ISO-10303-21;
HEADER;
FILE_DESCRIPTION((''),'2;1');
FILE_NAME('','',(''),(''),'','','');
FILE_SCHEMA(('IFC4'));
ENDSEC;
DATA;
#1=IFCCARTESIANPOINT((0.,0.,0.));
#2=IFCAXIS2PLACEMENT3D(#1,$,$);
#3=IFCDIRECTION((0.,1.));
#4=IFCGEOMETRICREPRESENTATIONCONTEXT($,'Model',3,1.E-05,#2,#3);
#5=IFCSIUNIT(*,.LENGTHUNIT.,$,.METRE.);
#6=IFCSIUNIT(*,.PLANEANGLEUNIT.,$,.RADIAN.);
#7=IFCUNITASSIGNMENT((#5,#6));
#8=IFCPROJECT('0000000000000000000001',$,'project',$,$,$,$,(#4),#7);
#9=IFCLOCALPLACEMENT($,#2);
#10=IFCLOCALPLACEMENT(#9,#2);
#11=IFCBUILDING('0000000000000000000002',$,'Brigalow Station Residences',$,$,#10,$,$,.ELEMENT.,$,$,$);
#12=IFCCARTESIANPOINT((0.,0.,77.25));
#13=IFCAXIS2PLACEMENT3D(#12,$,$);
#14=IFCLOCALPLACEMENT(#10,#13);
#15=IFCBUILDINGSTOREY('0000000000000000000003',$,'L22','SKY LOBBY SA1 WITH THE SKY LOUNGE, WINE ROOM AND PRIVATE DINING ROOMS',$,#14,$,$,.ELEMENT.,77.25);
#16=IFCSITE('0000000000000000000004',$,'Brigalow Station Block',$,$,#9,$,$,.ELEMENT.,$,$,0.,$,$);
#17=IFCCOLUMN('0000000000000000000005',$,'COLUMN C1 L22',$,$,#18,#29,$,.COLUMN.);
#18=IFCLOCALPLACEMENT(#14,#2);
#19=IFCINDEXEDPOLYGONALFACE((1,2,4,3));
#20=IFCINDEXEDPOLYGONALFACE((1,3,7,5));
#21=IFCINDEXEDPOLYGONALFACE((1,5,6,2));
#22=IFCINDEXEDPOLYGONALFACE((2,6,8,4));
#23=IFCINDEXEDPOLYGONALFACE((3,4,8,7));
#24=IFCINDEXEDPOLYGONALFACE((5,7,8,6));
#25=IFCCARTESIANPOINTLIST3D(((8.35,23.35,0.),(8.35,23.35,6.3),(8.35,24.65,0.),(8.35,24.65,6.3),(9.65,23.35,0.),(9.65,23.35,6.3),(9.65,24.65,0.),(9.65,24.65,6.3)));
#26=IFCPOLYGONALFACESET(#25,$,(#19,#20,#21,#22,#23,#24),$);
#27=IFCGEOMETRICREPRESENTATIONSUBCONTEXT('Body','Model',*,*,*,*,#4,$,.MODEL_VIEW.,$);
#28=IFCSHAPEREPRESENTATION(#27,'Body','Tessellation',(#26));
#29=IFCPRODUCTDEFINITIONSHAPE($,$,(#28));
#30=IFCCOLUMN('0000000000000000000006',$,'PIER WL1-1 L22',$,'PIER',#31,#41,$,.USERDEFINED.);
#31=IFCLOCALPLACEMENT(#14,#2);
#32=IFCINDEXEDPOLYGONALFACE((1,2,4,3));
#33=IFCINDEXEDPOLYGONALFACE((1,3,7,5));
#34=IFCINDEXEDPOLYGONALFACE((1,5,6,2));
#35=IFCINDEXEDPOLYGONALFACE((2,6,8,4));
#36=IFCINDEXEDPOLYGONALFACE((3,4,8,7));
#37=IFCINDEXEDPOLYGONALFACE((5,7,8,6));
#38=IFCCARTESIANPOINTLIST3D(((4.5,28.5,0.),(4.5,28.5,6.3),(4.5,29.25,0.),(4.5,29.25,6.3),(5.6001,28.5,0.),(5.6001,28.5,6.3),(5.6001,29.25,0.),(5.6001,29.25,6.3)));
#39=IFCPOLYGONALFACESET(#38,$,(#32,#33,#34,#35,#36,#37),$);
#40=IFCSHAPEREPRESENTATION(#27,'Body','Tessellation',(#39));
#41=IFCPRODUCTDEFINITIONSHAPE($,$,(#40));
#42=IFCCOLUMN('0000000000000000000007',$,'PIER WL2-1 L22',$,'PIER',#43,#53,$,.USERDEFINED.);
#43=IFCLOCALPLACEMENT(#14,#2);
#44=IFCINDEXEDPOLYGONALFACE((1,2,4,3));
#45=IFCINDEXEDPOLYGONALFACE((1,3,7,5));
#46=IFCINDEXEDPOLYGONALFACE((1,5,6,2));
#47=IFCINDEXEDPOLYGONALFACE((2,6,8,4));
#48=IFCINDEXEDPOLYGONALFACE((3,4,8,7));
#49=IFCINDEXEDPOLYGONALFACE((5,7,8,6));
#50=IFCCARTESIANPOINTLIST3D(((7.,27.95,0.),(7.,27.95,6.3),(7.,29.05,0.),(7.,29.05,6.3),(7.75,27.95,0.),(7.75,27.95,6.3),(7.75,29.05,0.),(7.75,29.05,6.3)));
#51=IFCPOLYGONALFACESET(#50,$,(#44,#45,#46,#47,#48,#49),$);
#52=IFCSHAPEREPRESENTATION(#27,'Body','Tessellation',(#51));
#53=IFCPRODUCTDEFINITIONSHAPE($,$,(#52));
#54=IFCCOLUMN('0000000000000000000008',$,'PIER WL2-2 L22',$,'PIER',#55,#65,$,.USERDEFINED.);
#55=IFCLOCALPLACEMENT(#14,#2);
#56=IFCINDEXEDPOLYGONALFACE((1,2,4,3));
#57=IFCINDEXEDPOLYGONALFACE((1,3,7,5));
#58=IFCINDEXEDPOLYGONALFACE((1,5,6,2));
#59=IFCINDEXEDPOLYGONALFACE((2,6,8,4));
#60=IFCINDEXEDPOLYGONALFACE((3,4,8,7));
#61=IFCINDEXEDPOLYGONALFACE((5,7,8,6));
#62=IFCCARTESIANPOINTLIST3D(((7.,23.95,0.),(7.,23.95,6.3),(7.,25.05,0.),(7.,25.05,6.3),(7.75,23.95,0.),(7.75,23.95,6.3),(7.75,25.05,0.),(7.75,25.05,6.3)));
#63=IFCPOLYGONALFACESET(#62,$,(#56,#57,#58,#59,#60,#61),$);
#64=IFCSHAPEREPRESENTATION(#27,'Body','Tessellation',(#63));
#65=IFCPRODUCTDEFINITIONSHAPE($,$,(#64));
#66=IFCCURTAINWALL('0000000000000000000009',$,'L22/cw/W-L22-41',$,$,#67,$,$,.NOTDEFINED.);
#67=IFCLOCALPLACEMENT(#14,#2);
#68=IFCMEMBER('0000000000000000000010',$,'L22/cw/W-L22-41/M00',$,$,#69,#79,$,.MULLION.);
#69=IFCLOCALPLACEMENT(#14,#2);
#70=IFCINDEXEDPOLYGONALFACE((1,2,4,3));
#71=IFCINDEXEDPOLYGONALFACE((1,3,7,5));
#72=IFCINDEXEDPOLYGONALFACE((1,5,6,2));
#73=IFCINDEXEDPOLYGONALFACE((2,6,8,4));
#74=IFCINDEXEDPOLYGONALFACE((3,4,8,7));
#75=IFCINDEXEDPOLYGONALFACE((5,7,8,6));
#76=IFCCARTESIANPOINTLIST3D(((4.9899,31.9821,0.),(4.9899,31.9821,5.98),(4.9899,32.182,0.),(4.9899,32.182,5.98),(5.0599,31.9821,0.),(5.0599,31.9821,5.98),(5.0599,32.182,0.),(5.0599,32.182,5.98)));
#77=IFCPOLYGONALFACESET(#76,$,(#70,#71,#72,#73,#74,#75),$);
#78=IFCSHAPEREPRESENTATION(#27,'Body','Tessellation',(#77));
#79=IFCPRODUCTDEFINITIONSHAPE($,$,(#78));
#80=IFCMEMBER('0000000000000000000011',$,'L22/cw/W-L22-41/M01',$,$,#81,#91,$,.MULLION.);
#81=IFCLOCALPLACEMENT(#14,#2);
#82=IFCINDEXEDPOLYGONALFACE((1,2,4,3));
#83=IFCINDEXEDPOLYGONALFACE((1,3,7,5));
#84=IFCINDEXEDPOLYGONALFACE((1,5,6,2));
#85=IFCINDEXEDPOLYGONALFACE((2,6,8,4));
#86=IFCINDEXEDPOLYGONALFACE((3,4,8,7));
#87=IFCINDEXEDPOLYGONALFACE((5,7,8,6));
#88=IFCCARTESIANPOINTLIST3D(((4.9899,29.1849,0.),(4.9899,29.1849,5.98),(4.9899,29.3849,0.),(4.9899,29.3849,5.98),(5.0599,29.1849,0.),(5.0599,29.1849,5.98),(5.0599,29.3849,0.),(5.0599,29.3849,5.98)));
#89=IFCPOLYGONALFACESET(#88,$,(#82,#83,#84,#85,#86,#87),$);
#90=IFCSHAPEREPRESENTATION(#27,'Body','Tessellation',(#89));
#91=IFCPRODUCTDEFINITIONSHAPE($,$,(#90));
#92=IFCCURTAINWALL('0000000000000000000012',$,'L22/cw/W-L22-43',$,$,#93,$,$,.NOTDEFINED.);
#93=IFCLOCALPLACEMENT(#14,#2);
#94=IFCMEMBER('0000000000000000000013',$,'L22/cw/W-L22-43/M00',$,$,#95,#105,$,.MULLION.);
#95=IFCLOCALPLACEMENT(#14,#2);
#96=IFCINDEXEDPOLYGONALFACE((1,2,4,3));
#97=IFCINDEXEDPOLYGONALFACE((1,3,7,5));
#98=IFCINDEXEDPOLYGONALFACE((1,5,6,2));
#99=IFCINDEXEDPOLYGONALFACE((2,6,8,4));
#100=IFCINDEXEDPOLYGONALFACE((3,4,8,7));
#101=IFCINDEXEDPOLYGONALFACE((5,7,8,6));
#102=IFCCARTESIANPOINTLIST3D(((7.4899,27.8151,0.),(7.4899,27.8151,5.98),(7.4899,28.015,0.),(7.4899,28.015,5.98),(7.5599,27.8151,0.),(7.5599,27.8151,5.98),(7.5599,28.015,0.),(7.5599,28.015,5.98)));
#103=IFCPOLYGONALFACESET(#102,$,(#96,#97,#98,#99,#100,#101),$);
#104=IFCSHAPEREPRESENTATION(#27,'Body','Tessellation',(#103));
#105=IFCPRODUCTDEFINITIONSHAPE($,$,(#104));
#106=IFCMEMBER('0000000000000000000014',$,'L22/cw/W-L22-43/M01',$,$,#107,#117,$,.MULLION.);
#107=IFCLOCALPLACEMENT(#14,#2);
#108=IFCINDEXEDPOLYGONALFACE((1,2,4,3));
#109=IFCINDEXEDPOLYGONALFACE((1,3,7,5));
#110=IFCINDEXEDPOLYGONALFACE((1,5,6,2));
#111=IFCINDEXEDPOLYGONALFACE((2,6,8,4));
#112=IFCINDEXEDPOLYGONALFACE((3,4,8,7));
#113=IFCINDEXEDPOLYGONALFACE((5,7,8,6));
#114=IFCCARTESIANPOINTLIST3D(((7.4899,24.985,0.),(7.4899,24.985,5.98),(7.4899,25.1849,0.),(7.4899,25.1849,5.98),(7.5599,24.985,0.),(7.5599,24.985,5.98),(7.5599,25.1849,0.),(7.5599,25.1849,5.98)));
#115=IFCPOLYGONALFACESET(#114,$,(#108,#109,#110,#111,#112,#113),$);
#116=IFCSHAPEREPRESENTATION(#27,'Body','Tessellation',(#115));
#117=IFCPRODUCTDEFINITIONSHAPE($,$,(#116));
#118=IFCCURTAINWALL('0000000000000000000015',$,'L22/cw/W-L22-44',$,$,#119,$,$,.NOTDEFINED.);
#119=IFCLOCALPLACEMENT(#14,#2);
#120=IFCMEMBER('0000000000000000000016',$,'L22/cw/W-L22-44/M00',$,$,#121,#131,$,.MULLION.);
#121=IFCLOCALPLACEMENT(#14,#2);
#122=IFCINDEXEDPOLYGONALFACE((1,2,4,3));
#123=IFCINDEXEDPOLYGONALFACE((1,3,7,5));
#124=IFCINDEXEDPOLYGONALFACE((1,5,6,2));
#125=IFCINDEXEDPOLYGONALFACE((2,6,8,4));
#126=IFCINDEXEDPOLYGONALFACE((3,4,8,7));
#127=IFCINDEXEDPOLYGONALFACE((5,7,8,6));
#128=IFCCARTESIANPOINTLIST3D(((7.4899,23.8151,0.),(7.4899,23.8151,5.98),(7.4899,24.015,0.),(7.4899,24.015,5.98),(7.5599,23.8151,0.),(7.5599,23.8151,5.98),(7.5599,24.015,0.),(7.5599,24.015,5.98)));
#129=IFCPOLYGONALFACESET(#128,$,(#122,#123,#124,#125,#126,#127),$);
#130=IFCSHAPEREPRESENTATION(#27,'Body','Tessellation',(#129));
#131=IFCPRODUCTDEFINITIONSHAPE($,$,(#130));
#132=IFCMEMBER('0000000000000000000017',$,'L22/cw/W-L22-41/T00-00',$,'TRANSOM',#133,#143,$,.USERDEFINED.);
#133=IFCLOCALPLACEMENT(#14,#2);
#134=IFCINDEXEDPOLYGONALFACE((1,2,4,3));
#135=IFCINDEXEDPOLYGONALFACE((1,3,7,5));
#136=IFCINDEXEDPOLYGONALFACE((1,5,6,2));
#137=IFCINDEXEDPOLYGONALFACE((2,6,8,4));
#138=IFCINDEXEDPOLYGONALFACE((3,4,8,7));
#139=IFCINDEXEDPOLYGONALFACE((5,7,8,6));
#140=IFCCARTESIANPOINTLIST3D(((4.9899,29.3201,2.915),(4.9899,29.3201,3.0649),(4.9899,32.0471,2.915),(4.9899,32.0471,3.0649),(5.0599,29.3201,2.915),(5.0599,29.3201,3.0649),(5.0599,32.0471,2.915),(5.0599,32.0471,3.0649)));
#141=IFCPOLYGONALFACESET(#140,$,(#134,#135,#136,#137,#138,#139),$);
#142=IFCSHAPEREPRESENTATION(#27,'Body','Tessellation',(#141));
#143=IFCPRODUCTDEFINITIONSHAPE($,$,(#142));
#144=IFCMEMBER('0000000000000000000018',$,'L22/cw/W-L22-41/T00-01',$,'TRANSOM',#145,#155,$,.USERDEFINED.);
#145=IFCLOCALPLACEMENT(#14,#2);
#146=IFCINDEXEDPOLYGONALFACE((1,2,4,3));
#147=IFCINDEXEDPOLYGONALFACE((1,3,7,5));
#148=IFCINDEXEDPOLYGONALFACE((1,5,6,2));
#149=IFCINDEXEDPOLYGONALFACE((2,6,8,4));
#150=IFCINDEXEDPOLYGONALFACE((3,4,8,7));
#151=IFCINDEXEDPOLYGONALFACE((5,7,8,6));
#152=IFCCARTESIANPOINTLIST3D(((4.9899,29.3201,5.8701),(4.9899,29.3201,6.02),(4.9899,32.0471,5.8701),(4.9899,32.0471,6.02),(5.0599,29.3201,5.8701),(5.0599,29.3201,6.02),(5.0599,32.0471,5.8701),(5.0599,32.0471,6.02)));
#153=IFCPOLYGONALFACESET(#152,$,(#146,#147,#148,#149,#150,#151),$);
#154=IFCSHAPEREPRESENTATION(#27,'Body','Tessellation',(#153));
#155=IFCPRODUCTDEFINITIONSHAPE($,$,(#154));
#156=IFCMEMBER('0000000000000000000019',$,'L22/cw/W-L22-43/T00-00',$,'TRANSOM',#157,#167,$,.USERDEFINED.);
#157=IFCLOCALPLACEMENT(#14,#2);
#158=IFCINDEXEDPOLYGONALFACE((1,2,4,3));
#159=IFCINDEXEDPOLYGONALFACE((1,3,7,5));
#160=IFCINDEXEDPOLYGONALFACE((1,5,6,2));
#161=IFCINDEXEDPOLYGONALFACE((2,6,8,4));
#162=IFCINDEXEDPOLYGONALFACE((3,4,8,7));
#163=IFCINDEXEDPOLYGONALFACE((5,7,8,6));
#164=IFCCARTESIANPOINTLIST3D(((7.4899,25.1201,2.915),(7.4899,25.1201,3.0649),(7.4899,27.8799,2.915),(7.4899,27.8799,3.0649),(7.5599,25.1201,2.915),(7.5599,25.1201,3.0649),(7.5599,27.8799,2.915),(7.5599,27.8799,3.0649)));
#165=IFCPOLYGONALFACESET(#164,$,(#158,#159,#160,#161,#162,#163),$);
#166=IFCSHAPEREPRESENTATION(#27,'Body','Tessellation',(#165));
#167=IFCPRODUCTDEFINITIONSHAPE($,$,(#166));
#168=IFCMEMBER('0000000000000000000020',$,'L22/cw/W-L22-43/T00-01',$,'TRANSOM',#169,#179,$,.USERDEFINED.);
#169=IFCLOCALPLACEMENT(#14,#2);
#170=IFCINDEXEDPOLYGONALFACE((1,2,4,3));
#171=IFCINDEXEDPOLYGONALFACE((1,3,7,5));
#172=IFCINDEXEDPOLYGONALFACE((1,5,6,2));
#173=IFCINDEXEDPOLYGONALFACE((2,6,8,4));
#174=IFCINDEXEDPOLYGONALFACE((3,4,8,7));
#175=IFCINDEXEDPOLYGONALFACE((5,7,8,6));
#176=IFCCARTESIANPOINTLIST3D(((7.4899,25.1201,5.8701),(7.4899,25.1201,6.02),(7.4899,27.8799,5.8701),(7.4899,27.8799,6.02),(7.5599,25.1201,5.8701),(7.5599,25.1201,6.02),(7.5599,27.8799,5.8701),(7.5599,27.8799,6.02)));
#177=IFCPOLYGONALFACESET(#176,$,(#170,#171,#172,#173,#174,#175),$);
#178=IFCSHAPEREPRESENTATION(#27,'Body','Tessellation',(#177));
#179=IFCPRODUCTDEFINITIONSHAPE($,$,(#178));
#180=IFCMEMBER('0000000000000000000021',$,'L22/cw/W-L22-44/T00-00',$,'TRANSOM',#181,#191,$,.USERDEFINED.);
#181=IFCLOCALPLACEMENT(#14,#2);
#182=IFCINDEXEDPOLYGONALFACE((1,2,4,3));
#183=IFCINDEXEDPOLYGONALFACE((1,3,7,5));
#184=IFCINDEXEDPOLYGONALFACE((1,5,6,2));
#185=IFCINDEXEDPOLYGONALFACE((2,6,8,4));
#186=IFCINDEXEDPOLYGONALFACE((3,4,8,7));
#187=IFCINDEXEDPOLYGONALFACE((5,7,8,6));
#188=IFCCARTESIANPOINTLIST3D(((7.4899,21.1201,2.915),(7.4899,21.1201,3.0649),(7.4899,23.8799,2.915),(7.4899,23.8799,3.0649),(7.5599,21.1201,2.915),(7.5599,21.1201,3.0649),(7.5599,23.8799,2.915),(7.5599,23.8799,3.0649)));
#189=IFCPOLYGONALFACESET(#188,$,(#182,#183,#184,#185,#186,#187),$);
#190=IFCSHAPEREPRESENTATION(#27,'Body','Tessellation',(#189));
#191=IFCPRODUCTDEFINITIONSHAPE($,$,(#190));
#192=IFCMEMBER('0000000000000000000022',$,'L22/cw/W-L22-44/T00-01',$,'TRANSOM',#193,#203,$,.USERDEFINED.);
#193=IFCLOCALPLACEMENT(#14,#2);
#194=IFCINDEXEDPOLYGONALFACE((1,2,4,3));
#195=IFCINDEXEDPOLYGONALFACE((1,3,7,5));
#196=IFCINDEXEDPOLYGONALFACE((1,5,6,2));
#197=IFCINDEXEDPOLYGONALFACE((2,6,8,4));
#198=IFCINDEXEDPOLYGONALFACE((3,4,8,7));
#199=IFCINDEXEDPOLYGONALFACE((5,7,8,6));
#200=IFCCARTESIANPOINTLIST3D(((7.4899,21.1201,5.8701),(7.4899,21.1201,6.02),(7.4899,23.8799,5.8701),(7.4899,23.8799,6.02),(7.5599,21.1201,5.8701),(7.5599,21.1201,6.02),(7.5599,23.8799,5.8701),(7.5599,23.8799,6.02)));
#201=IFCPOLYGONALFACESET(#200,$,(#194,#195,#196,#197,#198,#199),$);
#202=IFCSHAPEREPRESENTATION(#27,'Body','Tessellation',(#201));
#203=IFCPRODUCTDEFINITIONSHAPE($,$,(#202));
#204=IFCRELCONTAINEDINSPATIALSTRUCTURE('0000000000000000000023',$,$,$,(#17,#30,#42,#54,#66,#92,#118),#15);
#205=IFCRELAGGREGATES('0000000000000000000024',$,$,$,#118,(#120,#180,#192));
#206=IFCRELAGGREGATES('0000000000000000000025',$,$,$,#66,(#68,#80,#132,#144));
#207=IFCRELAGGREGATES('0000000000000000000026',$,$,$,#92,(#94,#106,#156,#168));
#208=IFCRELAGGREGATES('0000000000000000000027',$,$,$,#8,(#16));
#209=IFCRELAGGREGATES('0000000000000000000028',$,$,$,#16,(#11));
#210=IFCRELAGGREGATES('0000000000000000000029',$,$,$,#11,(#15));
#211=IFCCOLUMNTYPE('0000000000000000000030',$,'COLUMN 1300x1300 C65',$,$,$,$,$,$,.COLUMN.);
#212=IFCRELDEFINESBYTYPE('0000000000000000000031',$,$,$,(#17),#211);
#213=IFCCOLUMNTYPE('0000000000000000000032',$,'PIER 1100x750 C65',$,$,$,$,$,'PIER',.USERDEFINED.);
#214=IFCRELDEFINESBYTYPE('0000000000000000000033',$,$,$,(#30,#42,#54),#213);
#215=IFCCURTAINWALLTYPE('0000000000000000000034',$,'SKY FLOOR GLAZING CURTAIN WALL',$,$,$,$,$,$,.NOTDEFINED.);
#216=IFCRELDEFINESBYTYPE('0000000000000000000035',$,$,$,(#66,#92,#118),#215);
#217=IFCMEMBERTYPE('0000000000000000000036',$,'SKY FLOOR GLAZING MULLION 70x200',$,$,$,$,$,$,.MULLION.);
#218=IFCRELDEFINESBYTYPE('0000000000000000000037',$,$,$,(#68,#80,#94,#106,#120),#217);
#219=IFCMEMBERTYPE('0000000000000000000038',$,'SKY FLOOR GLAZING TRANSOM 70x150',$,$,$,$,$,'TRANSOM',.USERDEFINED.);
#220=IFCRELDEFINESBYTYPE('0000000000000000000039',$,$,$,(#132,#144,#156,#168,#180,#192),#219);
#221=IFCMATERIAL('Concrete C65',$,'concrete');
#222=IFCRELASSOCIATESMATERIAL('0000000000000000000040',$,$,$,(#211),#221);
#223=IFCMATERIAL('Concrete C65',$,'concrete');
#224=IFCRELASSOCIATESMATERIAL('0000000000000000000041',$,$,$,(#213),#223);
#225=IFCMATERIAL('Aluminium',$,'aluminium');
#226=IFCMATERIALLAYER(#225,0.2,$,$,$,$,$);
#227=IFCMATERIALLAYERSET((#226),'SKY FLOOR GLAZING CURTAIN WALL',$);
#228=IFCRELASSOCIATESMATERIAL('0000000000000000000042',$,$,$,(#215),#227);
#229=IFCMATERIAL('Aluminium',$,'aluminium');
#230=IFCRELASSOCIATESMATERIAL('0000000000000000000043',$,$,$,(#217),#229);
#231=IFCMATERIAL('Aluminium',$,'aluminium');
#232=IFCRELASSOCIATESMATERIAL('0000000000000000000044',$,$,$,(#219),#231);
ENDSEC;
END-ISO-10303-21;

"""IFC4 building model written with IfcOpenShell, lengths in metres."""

from ifc_helpers import new_model, si_unit, direction, frame, origin, origin_2d, place, context, subcontext, project, spatial, rectangle, extrude, material, layer, layer_set, material_profile, profile_set, type_object, element, aggregate, save


model = new_model("IFC4")

# Units and contexts
model_context = context("Model", 3, precision=1e-05, world=origin(), true_north=direction((0.0, 1.0)))
body_context = subcontext(model_context, "Body", "Model", "MODEL_VIEW")
ifc_project = project(units=[si_unit("LENGTHUNIT", "METRE"), si_unit("PLANEANGLEUNIT", "RADIAN")], contexts=[model_context])

# Site, building, storey
site_placement = place(None, origin())
site = spatial("IfcSite", under=ifc_project, at=site_placement, Name="Brigalow Station Block", CompositionType="ELEMENT", RefElevation=0.0)
building_placement = place(site_placement, origin())
building = spatial("IfcBuilding", under=site, at=building_placement, Name="Brigalow Station Residences", CompositionType="ELEMENT")
storey_placement = place(building_placement, frame((0.0, 0.0, 77.25)))
storey = spatial("IfcBuildingStorey", under=building, at=storey_placement, Name="L22", Description="SKY LOBBY SA1 WITH THE SKY LOUNGE, WINE ROOM AND PRIVATE DINING ROOMS", CompositionType="ELEMENT", Elevation=77.25)

# Columns
ifc_material_1 = material(Name="Concrete C65", Category="concrete")
ifc_material_profile_1 = material_profile(ifc_material_1, rectangle(XDim=1.3, YDim=1.3, at=origin_2d()), Name="RC1300x1300")
ifc_profile_set_1 = profile_set([ifc_material_profile_1], Name="Concrete C65")
column_type_1 = type_object("IfcColumnType", Name="COLUMN 1300x1300 C65", PredefinedType="COLUMN", material=ifc_profile_set_1)
column_placement = place(storey_placement, frame((9.0, 24.0, 0.0), z_axis=(0.0, 0.0, 1.0), x_axis=(1.0, 0.0, 0.0)))
element("IfcColumn", 1, at=column_placement, inside=storey, type_object=column_type_1, Name="COLUMN C1 L22", PredefinedType="COLUMN", context=body_context, shape_type="SweptSolid", body=[
    extrude(rectangle(XDim=1.3, YDim=1.3, at=origin_2d()), origin(), (0.0, 0.0, 1.0), 6.3),
])
ifc_material_2 = material(Name="Concrete C65", Category="concrete")
ifc_material_profile_2 = material_profile(ifc_material_2, rectangle(XDim=1.1001, YDim=0.75, at=origin_2d()), Name="RC1100x750")
ifc_profile_set_2 = profile_set([ifc_material_profile_2], Name="Concrete C65")
column_type_2 = type_object("IfcColumnType", Name="PIER 1100x750 C65", ElementType="PIER", PredefinedType="USERDEFINED", material=ifc_profile_set_2)
for number, where, z_axis, x_axis, name in (
    (2, (5.05, 28.875, 0.0), (0.0, 0.0, 1.0), (1.0, 0.0, 0.0), "PIER WL1-1 L22"),
    (3, (7.375, 28.5, 0.0), (0.0, 0.0, 1.0), (0.0, -1.0, 0.0), "PIER WL2-1 L22"),
    (4, (7.375, 24.5, 0.0), (0.0, 0.0, 1.0), (0.0, -1.0, 0.0), "PIER WL2-2 L22"),
):
    element("IfcColumn", number, at=place(storey_placement, frame(where, z_axis=z_axis, x_axis=x_axis)), inside=storey, type_object=column_type_2, Name=name, ObjectType="PIER", PredefinedType="USERDEFINED", context=body_context, shape_type="SweptSolid", body=[
        extrude(rectangle(XDim=1.1001, YDim=0.75, at=origin_2d()), origin(), (0.0, 0.0, 1.0), 6.3),
    ])

# Curtain walls, members
ifc_material_3 = material(Name="Aluminium", Category="aluminium")
ifc_layer_1 = layer(ifc_material_3, 0.2)
ifc_layer_set_1 = layer_set([ifc_layer_1], Name="SKY FLOOR GLAZING CURTAIN WALL")
curtain_wall_type = type_object("IfcCurtainWallType", Name="SKY FLOOR GLAZING CURTAIN WALL", PredefinedType="NOTDEFINED", material=ifc_layer_set_1)
curtain_wall_1_placement = place(storey_placement, origin())
curtain_wall_1 = element("IfcCurtainWall", 5, at=curtain_wall_1_placement, inside=storey, type_object=curtain_wall_type, Name="L22/cw/W-L22-41", PredefinedType="NOTDEFINED")
ifc_material_4 = material(Name="Aluminium", Category="aluminium")
ifc_material_profile_3 = material_profile(ifc_material_4, rectangle(XDim=0.0701, YDim=0.2, at=origin_2d()), Name="SKY FLOOR GLAZING MULLION 70x200")
ifc_profile_set_3 = profile_set([ifc_material_profile_3], Name="Aluminium")
member_type_1 = type_object("IfcMemberType", Name="SKY FLOOR GLAZING MULLION 70x200", PredefinedType="MULLION", material=ifc_profile_set_3)
member_1_placement = place(storey_placement, frame((5.0249, 32.082, 0.0), z_axis=(0.0, 0.0, 1.0), x_axis=(1.0, 0.0, 0.0)))
member_1 = element("IfcMember", 6, at=member_1_placement, type_object=member_type_1, Name="L22/cw/W-L22-41/M00", PredefinedType="MULLION", context=body_context, shape_type="SweptSolid", body=[
    extrude(rectangle(XDim=0.0701, YDim=0.2, at=origin_2d()), origin(), (0.0, 0.0, 1.0), 5.98),
])
member_2_placement = place(storey_placement, frame((5.0249, 29.2849, 0.0), z_axis=(0.0, 0.0, 1.0), x_axis=(1.0, 0.0, 0.0)))
member_2 = element("IfcMember", 7, at=member_2_placement, type_object=member_type_1, Name="L22/cw/W-L22-41/M01", PredefinedType="MULLION", context=body_context, shape_type="SweptSolid", body=[
    extrude(rectangle(XDim=0.0701, YDim=0.2, at=origin_2d()), origin(), (0.0, 0.0, 1.0), 5.98),
])
curtain_wall_2_placement = place(storey_placement, origin())
curtain_wall_2 = element("IfcCurtainWall", 8, at=curtain_wall_2_placement, inside=storey, type_object=curtain_wall_type, Name="L22/cw/W-L22-43", PredefinedType="NOTDEFINED")
member_3_placement = place(storey_placement, frame((7.5249, 27.915, 0.0), z_axis=(0.0, 0.0, 1.0), x_axis=(1.0, 0.0, 0.0)))
member_3 = element("IfcMember", 9, at=member_3_placement, type_object=member_type_1, Name="L22/cw/W-L22-43/M00", PredefinedType="MULLION", context=body_context, shape_type="SweptSolid", body=[
    extrude(rectangle(XDim=0.0701, YDim=0.2, at=origin_2d()), origin(), (0.0, 0.0, 1.0), 5.98),
])
member_4_placement = place(storey_placement, frame((7.5249, 25.085, 0.0), z_axis=(0.0, 0.0, 1.0), x_axis=(1.0, 0.0, 0.0)))
member_4 = element("IfcMember", 10, at=member_4_placement, type_object=member_type_1, Name="L22/cw/W-L22-43/M01", PredefinedType="MULLION", context=body_context, shape_type="SweptSolid", body=[
    extrude(rectangle(XDim=0.0701, YDim=0.2, at=origin_2d()), origin(), (0.0, 0.0, 1.0), 5.98),
])

# Curtain wall, member
curtain_wall_3_placement = place(storey_placement, origin())
curtain_wall_3 = element("IfcCurtainWall", 11, at=curtain_wall_3_placement, inside=storey, type_object=curtain_wall_type, Name="L22/cw/W-L22-44", PredefinedType="NOTDEFINED")
member_5_placement = place(storey_placement, frame((7.5249, 23.915, 0.0), z_axis=(0.0, 0.0, 1.0), x_axis=(1.0, 0.0, 0.0)))
member_5 = element("IfcMember", 12, at=member_5_placement, type_object=member_type_1, Name="L22/cw/W-L22-44/M00", PredefinedType="MULLION", context=body_context, shape_type="SweptSolid", body=[
    extrude(rectangle(XDim=0.0701, YDim=0.2, at=origin_2d()), origin(), (0.0, 0.0, 1.0), 5.98),
])

# Members
ifc_material_5 = material(Name="Aluminium", Category="aluminium")
ifc_material_profile_4 = material_profile(ifc_material_5, rectangle(XDim=0.0701, YDim=0.1499, at=origin_2d()), Name="SKY FLOOR GLAZING TRANSOM 70x150")
ifc_profile_set_4 = profile_set([ifc_material_profile_4], Name="Aluminium")
member_type_2 = type_object("IfcMemberType", Name="SKY FLOOR GLAZING TRANSOM 70x150", ElementType="TRANSOM", PredefinedType="USERDEFINED", material=ifc_profile_set_4)
member_6_placement = place(storey_placement, frame((5.0249, 32.0471, 2.99), z_axis=(0.0, -1.0, 0.0), x_axis=(1.0, 0.0, 0.0)))
member_6 = element("IfcMember", 13, at=member_6_placement, type_object=member_type_2, Name="L22/cw/W-L22-41/T00-00", ObjectType="TRANSOM", PredefinedType="USERDEFINED", context=body_context, shape_type="SweptSolid", body=[
    extrude(rectangle(XDim=0.0701, YDim=0.1499, at=origin_2d()), origin(), (0.0, 0.0, 1.0), 2.7271),
])
member_7_placement = place(storey_placement, frame((5.0249, 32.0471, 5.9451), z_axis=(0.0, -1.0, 0.0), x_axis=(1.0, 0.0, 0.0)))
member_7 = element("IfcMember", 14, at=member_7_placement, type_object=member_type_2, Name="L22/cw/W-L22-41/T00-01", ObjectType="TRANSOM", PredefinedType="USERDEFINED", context=body_context, shape_type="SweptSolid", body=[
    extrude(rectangle(XDim=0.0701, YDim=0.1499, at=origin_2d()), origin(), (0.0, 0.0, 1.0), 2.7271),
])
member_8_placement = place(storey_placement, frame((7.5249, 27.8799, 2.99), z_axis=(0.0, -1.0, 0.0), x_axis=(1.0, 0.0, 0.0)))
member_8 = element("IfcMember", 15, at=member_8_placement, type_object=member_type_2, Name="L22/cw/W-L22-43/T00-00", ObjectType="TRANSOM", PredefinedType="USERDEFINED", context=body_context, shape_type="SweptSolid", body=[
    extrude(rectangle(XDim=0.0701, YDim=0.1499, at=origin_2d()), origin(), (0.0, 0.0, 1.0), 2.7598),
])
member_9_placement = place(storey_placement, frame((7.5249, 27.8799, 5.9451), z_axis=(0.0, -1.0, 0.0), x_axis=(1.0, 0.0, 0.0)))
member_9 = element("IfcMember", 16, at=member_9_placement, type_object=member_type_2, Name="L22/cw/W-L22-43/T00-01", ObjectType="TRANSOM", PredefinedType="USERDEFINED", context=body_context, shape_type="SweptSolid", body=[
    extrude(rectangle(XDim=0.0701, YDim=0.1499, at=origin_2d()), origin(), (0.0, 0.0, 1.0), 2.7598),
])
member_10_placement = place(storey_placement, frame((7.5249, 23.8799, 2.99), z_axis=(0.0, -1.0, 0.0), x_axis=(1.0, 0.0, 0.0)))
member_10 = element("IfcMember", 17, at=member_10_placement, type_object=member_type_2, Name="L22/cw/W-L22-44/T00-00", ObjectType="TRANSOM", PredefinedType="USERDEFINED", context=body_context, shape_type="SweptSolid", body=[
    extrude(rectangle(XDim=0.0701, YDim=0.1499, at=origin_2d()), origin(), (0.0, 0.0, 1.0), 2.7598),
])
member_11_placement = place(storey_placement, frame((7.5249, 23.8799, 5.9451), z_axis=(0.0, -1.0, 0.0), x_axis=(1.0, 0.0, 0.0)))
member_11 = element("IfcMember", 18, at=member_11_placement, type_object=member_type_2, Name="L22/cw/W-L22-44/T00-01", ObjectType="TRANSOM", PredefinedType="USERDEFINED", context=body_context, shape_type="SweptSolid", body=[
    extrude(rectangle(XDim=0.0701, YDim=0.1499, at=origin_2d()), origin(), (0.0, 0.0, 1.0), 2.7598),
])
aggregate(curtain_wall_3, [member_5, member_10, member_11])

aggregate(curtain_wall_1, [member_1, member_2, member_6, member_7])
aggregate(curtain_wall_2, [member_3, member_4, member_8, member_9])

save(model, "model.ifc")
